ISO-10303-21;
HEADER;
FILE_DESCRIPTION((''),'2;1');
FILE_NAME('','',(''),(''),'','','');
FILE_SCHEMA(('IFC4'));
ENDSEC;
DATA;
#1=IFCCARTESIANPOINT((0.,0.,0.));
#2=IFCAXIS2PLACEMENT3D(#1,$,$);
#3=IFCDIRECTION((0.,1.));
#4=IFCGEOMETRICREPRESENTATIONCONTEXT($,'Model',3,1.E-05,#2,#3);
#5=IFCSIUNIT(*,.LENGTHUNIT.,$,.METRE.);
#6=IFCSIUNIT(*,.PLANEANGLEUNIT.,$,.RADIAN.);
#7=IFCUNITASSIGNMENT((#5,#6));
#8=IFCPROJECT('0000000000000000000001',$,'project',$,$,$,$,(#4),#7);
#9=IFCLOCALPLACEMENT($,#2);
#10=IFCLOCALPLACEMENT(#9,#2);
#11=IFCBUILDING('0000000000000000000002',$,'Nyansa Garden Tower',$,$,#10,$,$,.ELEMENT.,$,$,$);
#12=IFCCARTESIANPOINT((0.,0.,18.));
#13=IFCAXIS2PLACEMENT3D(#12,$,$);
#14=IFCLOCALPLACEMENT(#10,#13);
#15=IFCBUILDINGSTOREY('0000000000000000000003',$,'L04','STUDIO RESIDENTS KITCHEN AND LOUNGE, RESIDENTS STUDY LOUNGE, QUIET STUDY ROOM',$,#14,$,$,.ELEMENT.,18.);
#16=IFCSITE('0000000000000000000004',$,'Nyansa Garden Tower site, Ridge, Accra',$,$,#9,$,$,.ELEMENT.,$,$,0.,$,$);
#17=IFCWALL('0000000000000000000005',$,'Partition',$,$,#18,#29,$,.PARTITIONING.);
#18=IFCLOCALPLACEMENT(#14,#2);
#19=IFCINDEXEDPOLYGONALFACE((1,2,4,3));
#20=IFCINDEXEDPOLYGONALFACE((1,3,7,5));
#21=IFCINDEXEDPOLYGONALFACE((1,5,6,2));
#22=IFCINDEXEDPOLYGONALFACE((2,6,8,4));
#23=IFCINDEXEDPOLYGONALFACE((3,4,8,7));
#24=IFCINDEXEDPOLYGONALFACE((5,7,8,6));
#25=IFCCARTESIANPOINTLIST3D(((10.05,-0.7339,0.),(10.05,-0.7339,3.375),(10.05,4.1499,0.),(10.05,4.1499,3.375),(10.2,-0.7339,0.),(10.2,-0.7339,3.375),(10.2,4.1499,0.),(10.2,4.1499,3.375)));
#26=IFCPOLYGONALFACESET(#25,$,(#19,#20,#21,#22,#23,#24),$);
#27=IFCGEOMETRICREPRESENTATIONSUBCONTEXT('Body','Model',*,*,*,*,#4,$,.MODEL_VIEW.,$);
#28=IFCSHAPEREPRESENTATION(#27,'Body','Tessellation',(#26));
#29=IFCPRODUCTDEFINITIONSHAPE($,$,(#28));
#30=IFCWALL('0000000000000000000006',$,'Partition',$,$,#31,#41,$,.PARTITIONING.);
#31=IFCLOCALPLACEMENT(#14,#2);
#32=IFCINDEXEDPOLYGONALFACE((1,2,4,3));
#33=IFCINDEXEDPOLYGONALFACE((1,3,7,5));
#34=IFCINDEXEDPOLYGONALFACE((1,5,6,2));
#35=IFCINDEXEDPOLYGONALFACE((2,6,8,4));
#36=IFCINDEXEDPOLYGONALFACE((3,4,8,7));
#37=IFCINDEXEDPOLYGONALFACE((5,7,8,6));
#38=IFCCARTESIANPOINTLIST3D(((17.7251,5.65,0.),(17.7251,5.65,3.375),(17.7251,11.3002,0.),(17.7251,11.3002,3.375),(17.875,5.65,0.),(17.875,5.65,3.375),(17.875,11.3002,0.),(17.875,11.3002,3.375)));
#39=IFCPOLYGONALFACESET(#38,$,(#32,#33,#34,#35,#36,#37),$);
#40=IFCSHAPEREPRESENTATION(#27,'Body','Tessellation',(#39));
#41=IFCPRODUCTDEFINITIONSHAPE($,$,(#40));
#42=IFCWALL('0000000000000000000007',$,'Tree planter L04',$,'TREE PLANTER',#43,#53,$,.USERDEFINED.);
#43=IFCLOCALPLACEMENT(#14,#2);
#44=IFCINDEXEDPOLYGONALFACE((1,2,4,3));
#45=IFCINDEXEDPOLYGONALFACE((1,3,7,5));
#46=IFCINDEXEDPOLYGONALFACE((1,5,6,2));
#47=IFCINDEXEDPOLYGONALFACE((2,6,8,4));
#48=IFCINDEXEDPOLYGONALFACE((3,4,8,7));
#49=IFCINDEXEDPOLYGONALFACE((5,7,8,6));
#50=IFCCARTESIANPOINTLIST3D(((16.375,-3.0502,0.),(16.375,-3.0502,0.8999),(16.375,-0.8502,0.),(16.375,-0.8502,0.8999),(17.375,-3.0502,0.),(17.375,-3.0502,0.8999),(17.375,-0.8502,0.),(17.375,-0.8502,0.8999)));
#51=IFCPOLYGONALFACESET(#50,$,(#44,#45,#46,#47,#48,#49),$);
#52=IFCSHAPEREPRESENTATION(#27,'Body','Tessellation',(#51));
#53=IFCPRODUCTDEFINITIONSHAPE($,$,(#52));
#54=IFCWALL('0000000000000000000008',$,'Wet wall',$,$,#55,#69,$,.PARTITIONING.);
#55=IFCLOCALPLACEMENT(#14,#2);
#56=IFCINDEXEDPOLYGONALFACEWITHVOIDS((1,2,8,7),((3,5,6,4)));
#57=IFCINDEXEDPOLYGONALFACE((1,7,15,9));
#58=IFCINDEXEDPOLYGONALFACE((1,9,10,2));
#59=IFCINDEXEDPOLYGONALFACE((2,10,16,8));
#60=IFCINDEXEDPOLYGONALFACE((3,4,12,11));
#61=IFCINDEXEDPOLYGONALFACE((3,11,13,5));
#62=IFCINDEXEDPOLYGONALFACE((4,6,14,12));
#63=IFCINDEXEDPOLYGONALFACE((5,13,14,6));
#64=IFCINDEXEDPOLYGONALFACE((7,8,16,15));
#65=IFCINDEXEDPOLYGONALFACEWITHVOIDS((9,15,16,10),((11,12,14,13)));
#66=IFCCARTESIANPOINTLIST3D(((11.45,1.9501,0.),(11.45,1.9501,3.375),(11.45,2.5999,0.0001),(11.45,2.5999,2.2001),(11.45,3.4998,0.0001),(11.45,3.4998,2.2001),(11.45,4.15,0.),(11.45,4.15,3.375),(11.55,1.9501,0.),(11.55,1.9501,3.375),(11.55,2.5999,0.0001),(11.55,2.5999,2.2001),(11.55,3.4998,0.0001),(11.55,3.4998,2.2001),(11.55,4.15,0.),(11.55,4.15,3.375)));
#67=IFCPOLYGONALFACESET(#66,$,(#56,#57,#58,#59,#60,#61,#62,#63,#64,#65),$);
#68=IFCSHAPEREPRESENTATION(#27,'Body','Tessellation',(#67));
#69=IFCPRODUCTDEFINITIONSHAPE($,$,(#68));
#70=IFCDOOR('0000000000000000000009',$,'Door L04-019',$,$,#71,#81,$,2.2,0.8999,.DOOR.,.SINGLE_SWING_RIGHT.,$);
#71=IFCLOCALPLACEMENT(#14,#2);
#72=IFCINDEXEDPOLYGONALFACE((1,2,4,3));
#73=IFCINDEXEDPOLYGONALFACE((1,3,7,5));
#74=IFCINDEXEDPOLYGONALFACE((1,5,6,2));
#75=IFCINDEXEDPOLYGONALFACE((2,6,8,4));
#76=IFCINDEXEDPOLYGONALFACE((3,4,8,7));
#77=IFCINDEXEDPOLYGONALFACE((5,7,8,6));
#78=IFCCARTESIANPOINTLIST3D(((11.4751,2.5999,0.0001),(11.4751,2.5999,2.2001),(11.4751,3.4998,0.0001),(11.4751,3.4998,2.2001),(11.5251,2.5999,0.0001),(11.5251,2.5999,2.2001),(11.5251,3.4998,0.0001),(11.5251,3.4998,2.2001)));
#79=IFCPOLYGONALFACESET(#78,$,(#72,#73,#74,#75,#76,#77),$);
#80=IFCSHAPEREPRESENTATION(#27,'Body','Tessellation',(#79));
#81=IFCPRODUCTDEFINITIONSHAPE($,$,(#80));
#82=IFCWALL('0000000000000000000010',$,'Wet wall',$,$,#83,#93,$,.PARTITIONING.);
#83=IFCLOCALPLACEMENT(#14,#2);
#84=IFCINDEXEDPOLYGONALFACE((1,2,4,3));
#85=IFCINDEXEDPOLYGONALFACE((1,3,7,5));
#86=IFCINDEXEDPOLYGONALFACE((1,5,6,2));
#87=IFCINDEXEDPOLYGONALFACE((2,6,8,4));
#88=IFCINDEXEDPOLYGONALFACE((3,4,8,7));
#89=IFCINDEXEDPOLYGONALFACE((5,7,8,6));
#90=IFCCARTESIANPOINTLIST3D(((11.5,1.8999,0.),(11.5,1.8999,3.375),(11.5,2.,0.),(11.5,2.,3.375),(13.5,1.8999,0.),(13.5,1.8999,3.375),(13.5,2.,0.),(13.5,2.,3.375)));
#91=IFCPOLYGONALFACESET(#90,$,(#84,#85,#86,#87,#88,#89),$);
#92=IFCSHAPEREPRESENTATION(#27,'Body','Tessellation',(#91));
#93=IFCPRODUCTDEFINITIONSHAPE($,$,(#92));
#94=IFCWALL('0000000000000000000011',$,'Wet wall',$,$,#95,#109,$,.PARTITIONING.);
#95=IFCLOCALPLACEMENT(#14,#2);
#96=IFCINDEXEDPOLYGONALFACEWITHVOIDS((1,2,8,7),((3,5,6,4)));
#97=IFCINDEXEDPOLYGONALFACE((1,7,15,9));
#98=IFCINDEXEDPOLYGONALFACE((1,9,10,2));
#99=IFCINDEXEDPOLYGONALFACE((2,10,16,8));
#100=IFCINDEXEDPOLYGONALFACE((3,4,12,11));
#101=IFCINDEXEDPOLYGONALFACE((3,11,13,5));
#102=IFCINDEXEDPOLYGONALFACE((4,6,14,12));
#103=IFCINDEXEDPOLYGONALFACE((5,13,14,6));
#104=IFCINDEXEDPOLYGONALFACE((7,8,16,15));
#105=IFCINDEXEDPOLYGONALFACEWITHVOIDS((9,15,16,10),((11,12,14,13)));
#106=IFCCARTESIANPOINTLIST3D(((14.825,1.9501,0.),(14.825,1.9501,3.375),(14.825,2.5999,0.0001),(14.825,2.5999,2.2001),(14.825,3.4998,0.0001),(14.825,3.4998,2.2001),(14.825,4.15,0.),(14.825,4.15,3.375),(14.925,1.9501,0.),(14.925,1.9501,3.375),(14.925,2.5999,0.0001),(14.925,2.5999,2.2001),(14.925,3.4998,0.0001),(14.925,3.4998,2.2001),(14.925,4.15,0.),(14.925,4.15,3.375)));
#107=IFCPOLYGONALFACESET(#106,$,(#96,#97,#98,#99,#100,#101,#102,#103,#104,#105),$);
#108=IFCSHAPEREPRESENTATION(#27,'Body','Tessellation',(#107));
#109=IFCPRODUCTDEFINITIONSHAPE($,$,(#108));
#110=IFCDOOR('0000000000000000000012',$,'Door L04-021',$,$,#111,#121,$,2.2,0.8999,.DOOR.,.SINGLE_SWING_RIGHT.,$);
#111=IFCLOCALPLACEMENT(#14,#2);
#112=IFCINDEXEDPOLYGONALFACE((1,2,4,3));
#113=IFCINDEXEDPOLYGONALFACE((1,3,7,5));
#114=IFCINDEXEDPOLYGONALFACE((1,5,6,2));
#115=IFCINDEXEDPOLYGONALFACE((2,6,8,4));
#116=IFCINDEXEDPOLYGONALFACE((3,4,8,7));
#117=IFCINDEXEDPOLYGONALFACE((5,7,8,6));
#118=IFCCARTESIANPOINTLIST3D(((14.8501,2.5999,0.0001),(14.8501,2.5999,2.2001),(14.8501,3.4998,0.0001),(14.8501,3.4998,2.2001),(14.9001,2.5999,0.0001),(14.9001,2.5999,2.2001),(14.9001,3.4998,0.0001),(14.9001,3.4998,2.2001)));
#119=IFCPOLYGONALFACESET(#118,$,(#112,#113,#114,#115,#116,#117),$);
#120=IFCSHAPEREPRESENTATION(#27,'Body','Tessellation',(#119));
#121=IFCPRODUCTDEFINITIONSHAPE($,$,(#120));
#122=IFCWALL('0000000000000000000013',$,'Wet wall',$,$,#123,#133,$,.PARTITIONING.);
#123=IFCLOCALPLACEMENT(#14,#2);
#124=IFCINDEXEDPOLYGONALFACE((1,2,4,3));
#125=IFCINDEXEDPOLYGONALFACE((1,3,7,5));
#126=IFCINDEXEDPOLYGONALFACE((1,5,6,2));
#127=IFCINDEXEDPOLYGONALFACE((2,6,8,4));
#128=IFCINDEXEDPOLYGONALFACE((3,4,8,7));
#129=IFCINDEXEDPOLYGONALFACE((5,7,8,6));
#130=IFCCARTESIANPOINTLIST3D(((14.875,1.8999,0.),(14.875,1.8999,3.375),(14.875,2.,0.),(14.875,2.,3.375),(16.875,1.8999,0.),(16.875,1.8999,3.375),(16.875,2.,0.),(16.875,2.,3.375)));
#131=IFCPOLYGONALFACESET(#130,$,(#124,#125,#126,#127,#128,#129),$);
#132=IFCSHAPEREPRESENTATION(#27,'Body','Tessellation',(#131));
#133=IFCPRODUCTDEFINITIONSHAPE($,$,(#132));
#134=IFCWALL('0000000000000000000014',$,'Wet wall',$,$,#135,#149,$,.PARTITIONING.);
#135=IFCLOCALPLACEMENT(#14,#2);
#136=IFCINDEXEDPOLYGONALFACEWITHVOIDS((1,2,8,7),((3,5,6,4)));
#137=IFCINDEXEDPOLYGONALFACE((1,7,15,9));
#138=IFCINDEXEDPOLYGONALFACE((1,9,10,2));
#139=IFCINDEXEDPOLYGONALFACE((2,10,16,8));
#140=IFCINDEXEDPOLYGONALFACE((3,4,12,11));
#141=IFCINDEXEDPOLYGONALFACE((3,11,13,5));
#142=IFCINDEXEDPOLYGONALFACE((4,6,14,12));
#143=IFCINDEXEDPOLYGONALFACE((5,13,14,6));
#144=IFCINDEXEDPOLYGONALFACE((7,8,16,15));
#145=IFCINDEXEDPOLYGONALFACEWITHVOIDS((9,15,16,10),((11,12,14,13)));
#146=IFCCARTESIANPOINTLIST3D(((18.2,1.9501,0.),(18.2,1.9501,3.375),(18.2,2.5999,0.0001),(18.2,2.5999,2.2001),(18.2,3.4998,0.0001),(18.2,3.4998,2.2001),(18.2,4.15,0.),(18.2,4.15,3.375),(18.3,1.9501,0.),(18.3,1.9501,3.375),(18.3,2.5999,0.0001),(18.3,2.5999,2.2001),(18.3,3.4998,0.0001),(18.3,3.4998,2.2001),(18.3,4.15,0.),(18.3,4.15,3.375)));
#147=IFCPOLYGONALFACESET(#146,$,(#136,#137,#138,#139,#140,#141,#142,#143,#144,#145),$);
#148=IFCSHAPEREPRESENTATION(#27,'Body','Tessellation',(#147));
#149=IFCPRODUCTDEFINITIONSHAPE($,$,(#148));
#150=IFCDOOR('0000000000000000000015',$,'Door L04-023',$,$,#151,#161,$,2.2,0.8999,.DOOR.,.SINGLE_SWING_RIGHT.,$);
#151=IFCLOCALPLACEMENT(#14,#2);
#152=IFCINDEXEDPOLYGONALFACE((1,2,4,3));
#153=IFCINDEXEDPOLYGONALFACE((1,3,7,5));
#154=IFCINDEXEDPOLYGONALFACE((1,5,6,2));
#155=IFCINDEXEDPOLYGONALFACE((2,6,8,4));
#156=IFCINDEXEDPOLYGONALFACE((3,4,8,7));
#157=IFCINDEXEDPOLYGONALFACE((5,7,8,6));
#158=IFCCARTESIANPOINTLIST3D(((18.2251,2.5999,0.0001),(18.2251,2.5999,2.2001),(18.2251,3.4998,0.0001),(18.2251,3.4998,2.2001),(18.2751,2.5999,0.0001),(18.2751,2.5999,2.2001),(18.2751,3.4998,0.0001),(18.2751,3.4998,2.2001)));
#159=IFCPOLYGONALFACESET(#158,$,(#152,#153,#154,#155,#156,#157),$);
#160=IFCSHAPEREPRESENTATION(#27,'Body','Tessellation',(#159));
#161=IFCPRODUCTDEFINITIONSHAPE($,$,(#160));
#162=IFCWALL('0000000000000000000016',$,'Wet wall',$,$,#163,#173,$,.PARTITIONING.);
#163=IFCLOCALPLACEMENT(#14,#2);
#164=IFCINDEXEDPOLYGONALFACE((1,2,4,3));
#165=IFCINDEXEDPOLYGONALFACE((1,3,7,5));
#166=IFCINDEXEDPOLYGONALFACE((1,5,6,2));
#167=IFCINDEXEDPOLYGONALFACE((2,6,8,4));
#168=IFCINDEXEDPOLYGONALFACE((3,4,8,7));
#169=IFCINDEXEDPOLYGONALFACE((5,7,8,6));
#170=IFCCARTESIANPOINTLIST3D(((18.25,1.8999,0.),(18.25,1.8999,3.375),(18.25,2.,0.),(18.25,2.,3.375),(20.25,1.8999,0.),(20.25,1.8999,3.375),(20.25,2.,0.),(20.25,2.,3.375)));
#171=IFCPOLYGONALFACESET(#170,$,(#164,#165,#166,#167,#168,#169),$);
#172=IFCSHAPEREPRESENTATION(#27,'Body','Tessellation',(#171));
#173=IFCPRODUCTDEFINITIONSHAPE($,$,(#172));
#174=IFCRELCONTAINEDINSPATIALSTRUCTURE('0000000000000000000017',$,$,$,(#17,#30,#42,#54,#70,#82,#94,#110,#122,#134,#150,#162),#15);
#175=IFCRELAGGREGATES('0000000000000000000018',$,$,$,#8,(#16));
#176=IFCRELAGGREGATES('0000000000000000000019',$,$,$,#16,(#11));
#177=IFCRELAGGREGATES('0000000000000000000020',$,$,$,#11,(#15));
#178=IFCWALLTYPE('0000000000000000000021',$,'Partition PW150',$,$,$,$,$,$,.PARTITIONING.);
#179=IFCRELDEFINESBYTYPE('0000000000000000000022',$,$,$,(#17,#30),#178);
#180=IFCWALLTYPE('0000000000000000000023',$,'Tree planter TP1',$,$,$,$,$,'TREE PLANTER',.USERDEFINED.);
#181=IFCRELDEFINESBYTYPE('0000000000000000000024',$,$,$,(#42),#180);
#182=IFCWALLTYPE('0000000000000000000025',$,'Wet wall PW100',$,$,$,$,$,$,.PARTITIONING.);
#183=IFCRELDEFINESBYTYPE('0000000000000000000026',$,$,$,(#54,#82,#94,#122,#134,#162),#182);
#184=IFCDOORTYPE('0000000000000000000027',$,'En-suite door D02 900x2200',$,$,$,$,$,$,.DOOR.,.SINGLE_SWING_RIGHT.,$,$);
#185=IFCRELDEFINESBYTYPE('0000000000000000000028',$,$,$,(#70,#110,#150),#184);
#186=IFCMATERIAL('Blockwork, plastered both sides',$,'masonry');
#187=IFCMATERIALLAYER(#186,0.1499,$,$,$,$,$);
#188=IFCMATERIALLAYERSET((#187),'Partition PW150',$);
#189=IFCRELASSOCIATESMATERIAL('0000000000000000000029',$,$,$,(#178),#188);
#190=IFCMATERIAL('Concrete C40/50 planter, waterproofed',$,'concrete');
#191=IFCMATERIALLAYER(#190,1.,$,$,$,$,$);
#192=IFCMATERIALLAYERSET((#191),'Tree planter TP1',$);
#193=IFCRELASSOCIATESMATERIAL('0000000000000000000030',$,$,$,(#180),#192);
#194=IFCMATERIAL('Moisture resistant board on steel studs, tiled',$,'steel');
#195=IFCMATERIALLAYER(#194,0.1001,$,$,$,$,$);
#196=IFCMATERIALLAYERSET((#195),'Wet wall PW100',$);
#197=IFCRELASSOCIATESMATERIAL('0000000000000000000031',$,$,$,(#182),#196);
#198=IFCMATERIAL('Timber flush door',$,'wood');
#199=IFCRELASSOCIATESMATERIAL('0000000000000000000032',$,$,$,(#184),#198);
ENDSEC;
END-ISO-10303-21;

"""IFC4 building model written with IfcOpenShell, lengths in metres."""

from ifc_helpers import new_model, si_unit, direction, frame, frame_2d, origin, place, context, subcontext, project, spatial, rectangle, extrude, material, layer, layer_set, type_object, element, fill, save


model = new_model("IFC4")

# Units and contexts
model_context = context("Model", 3, precision=1e-05, world=origin(), true_north=direction((0.0, 1.0)))
body_context = subcontext(model_context, "Body", "Model", "MODEL_VIEW")
ifc_project = project(units=[si_unit("LENGTHUNIT", "METRE"), si_unit("PLANEANGLEUNIT", "RADIAN")], contexts=[model_context])

# Site, building, storey
site_placement = place(None, origin())
site = spatial("IfcSite", under=ifc_project, at=site_placement, Name="Nyansa Garden Tower site, Ridge, Accra", CompositionType="ELEMENT", RefElevation=0.0)
building_placement = place(site_placement, origin())
building = spatial("IfcBuilding", under=site, at=building_placement, Name="Nyansa Garden Tower", CompositionType="ELEMENT")
storey_placement = place(building_placement, frame((0.0, 0.0, 18.0)))
storey = spatial("IfcBuildingStorey", under=building, at=storey_placement, Name="L04", Description="STUDIO RESIDENTS KITCHEN AND LOUNGE, RESIDENTS STUDY LOUNGE, QUIET STUDY ROOM", CompositionType="ELEMENT", Elevation=18.0)

# Walls
ifc_material_1 = material(Name="Blockwork, plastered both sides", Category="masonry")
ifc_layer_1 = layer(ifc_material_1, 0.1499)
ifc_layer_set_1 = layer_set([ifc_layer_1], Name="Partition PW150")
wall_type_1 = type_object("IfcWallType", Name="Partition PW150", PredefinedType="PARTITIONING", material=ifc_layer_set_1)
wall_1_placement = place(storey_placement, frame((10.125, -0.7339, 0.0), z_axis=(0.0, 0.0, 1.0), x_axis=(0.0, 1.0, 0.0)))
element("IfcWall", 1, at=wall_1_placement, inside=storey, type_object=wall_type_1, Name="Partition", PredefinedType="PARTITIONING", context=body_context, shape_type="SweptSolid", body=[
    extrude(rectangle(XDim=4.8838, YDim=0.1499, at=frame_2d((2.4419, 0.0))), origin(), (0.0, 0.0, 1.0), 3.375),
])
wall_2_placement = place(storey_placement, frame((17.8, 5.6499, 0.0), z_axis=(0.0, 0.0, 1.0), x_axis=(0.0, 1.0, 0.0)))
element("IfcWall", 2, at=wall_2_placement, inside=storey, type_object=wall_type_1, Name="Partition", PredefinedType="PARTITIONING", context=body_context, shape_type="SweptSolid", body=[
    extrude(rectangle(XDim=5.6501, YDim=0.1499, at=frame_2d((2.8252, 0.0))), origin(), (0.0, 0.0, 1.0), 3.375),
])
ifc_material_2 = material(Name="Concrete C40/50 planter, waterproofed", Category="concrete")
ifc_layer_2 = layer(ifc_material_2, 1.0)
ifc_layer_set_2 = layer_set([ifc_layer_2], Name="Tree planter TP1")
wall_type_2 = type_object("IfcWallType", Name="Tree planter TP1", ElementType="TREE PLANTER", PredefinedType="USERDEFINED", material=ifc_layer_set_2)
wall_3_placement = place(storey_placement, frame((16.875, -0.8501, 0.0), z_axis=(0.0, 0.0, 1.0), x_axis=(0.0, -1.0, 0.0)))
element("IfcWall", 3, at=wall_3_placement, inside=storey, type_object=wall_type_2, Name="Tree planter L04", ObjectType="TREE PLANTER", PredefinedType="USERDEFINED", context=body_context, shape_type="SweptSolid", body=[
    extrude(rectangle(XDim=2.2, YDim=1.0, at=frame_2d((1.1001, 0.0))), origin(), (0.0, 0.0, 1.0), 0.8999),
])

# Wall, opening, door
ifc_material_3 = material(Name="Moisture resistant board on steel studs, tiled", Category="steel")
ifc_layer_3 = layer(ifc_material_3, 0.1001)
ifc_layer_set_3 = layer_set([ifc_layer_3], Name="Wet wall PW100")
wall_type_3 = type_object("IfcWallType", Name="Wet wall PW100", PredefinedType="PARTITIONING", material=ifc_layer_set_3)
wall_4_placement = place(storey_placement, frame((11.5, 1.95, 0.0), z_axis=(0.0, 0.0, 1.0), x_axis=(0.0, 1.0, 0.0)))
wall_4 = element("IfcWall", 4, at=wall_4_placement, inside=storey, type_object=wall_type_3, Name="Wet wall", PredefinedType="PARTITIONING", context=body_context, shape_type="SweptSolid", body=[
    extrude(rectangle(XDim=2.2, YDim=0.1001, at=frame_2d((1.1001, 0.0))), origin(), (0.0, 0.0, 1.0), 3.375),
])
opening_1_placement = place(wall_4_placement, frame((0.6499, 0.0, 0.0)))
opening_1 = element("IfcOpeningElement", 5, at=opening_1_placement, cuts=wall_4, PredefinedType="OPENING", context=body_context, shape_type="SweptSolid", body=[
    extrude(rectangle(XDim=0.8999, YDim=2.2, at=frame_2d((0.45, 1.1001))), frame((0.0, 0.0601, 0.0), z_axis=(0.0, -1.0, 0.0), x_axis=(1.0, 0.0, 0.0)), (0.0, 0.0, 1.0), 0.1201),
])
ifc_material_4 = material(Name="Timber flush door", Category="wood")
door_type = type_object("IfcDoorType", Name="En-suite door D02 900x2200", OperationType="SINGLE_SWING_RIGHT", PredefinedType="DOOR", material=ifc_material_4)
door_1_placement = place(opening_1_placement, origin())
door_1 = element("IfcDoor", 6, at=door_1_placement, inside=storey, type_object=door_type, Name="Door L04-019", OperationType="SINGLE_SWING_RIGHT", OverallHeight=2.2, OverallWidth=0.8999, PredefinedType="DOOR", context=body_context, shape_type="SweptSolid", body=[
    extrude(rectangle(XDim=0.8999, YDim=2.2, at=frame_2d((0.45, 1.1001))), frame((0.0, 0.0249, 0.0), z_axis=(0.0, -1.0, 0.0), x_axis=(1.0, 0.0, 0.0)), (0.0, 0.0, 1.0), 0.05),
])
fill(opening_1, door_1)

# Wall
wall_5_placement = place(storey_placement, frame((11.5, 1.95, 0.0), z_axis=(0.0, 0.0, 1.0), x_axis=(1.0, 0.0, 0.0)))
element("IfcWall", 7, at=wall_5_placement, inside=storey, type_object=wall_type_3, Name="Wet wall", PredefinedType="PARTITIONING", context=body_context, shape_type="SweptSolid", body=[
    extrude(rectangle(XDim=2.0, YDim=0.1001, at=frame_2d((1.0, 0.0))), origin(), (0.0, 0.0, 1.0), 3.375),
])

# Wall, opening, door
wall_6_placement = place(storey_placement, frame((14.875, 1.95, 0.0), z_axis=(0.0, 0.0, 1.0), x_axis=(0.0, 1.0, 0.0)))
wall_6 = element("IfcWall", 8, at=wall_6_placement, inside=storey, type_object=wall_type_3, Name="Wet wall", PredefinedType="PARTITIONING", context=body_context, shape_type="SweptSolid", body=[
    extrude(rectangle(XDim=2.2, YDim=0.1001, at=frame_2d((1.1001, 0.0))), origin(), (0.0, 0.0, 1.0), 3.375),
])
opening_2_placement = place(wall_6_placement, frame((0.6499, 0.0, 0.0)))
opening_2 = element("IfcOpeningElement", 9, at=opening_2_placement, cuts=wall_6, PredefinedType="OPENING", context=body_context, shape_type="SweptSolid", body=[
    extrude(rectangle(XDim=0.8999, YDim=2.2, at=frame_2d((0.45, 1.1001))), frame((0.0, 0.0601, 0.0), z_axis=(0.0, -1.0, 0.0), x_axis=(1.0, 0.0, 0.0)), (0.0, 0.0, 1.0), 0.1201),
])
door_2_placement = place(opening_2_placement, origin())
door_2 = element("IfcDoor", 10, at=door_2_placement, inside=storey, type_object=door_type, Name="Door L04-021", OperationType="SINGLE_SWING_RIGHT", OverallHeight=2.2, OverallWidth=0.8999, PredefinedType="DOOR", context=body_context, shape_type="SweptSolid", body=[
    extrude(rectangle(XDim=0.8999, YDim=2.2, at=frame_2d((0.45, 1.1001))), frame((0.0, 0.0249, 0.0), z_axis=(0.0, -1.0, 0.0), x_axis=(1.0, 0.0, 0.0)), (0.0, 0.0, 1.0), 0.05),
])
fill(opening_2, door_2)

# Wall
wall_7_placement = place(storey_placement, frame((14.875, 1.95, 0.0), z_axis=(0.0, 0.0, 1.0), x_axis=(1.0, 0.0, 0.0)))
element("IfcWall", 11, at=wall_7_placement, inside=storey, type_object=wall_type_3, Name="Wet wall", PredefinedType="PARTITIONING", context=body_context, shape_type="SweptSolid", body=[
    extrude(rectangle(XDim=2.0, YDim=0.1001, at=frame_2d((1.0, 0.0))), origin(), (0.0, 0.0, 1.0), 3.375),
])

# Wall, opening, door
wall_8_placement = place(storey_placement, frame((18.25, 1.95, 0.0), z_axis=(0.0, 0.0, 1.0), x_axis=(0.0, 1.0, 0.0)))
wall_8 = element("IfcWall", 12, at=wall_8_placement, inside=storey, type_object=wall_type_3, Name="Wet wall", PredefinedType="PARTITIONING", context=body_context, shape_type="SweptSolid", body=[
    extrude(rectangle(XDim=2.2, YDim=0.1001, at=frame_2d((1.1001, 0.0))), origin(), (0.0, 0.0, 1.0), 3.375),
])
opening_3_placement = place(wall_8_placement, frame((0.6499, 0.0, 0.0)))
opening_3 = element("IfcOpeningElement", 13, at=opening_3_placement, cuts=wall_8, PredefinedType="OPENING", context=body_context, shape_type="SweptSolid", body=[
    extrude(rectangle(XDim=0.8999, YDim=2.2, at=frame_2d((0.45, 1.1001))), frame((0.0, 0.0601, 0.0), z_axis=(0.0, -1.0, 0.0), x_axis=(1.0, 0.0, 0.0)), (0.0, 0.0, 1.0), 0.1201),
])
door_3_placement = place(opening_3_placement, origin())
door_3 = element("IfcDoor", 14, at=door_3_placement, inside=storey, type_object=door_type, Name="Door L04-023", OperationType="SINGLE_SWING_RIGHT", OverallHeight=2.2, OverallWidth=0.8999, PredefinedType="DOOR", context=body_context, shape_type="SweptSolid", body=[
    extrude(rectangle(XDim=0.8999, YDim=2.2, at=frame_2d((0.45, 1.1001))), frame((0.0, 0.0249, 0.0), z_axis=(0.0, -1.0, 0.0), x_axis=(1.0, 0.0, 0.0)), (0.0, 0.0, 1.0), 0.05),
])
fill(opening_3, door_3)

# Wall
wall_9_placement = place(storey_placement, frame((18.25, 1.95, 0.0), z_axis=(0.0, 0.0, 1.0), x_axis=(1.0, 0.0, 0.0)))
element("IfcWall", 15, at=wall_9_placement, inside=storey, type_object=wall_type_3, Name="Wet wall", PredefinedType="PARTITIONING", context=body_context, shape_type="SweptSolid", body=[
    extrude(rectangle(XDim=2.0, YDim=0.1001, at=frame_2d((1.0, 0.0))), origin(), (0.0, 0.0, 1.0), 3.375),
])

save(model, "model.ifc")
